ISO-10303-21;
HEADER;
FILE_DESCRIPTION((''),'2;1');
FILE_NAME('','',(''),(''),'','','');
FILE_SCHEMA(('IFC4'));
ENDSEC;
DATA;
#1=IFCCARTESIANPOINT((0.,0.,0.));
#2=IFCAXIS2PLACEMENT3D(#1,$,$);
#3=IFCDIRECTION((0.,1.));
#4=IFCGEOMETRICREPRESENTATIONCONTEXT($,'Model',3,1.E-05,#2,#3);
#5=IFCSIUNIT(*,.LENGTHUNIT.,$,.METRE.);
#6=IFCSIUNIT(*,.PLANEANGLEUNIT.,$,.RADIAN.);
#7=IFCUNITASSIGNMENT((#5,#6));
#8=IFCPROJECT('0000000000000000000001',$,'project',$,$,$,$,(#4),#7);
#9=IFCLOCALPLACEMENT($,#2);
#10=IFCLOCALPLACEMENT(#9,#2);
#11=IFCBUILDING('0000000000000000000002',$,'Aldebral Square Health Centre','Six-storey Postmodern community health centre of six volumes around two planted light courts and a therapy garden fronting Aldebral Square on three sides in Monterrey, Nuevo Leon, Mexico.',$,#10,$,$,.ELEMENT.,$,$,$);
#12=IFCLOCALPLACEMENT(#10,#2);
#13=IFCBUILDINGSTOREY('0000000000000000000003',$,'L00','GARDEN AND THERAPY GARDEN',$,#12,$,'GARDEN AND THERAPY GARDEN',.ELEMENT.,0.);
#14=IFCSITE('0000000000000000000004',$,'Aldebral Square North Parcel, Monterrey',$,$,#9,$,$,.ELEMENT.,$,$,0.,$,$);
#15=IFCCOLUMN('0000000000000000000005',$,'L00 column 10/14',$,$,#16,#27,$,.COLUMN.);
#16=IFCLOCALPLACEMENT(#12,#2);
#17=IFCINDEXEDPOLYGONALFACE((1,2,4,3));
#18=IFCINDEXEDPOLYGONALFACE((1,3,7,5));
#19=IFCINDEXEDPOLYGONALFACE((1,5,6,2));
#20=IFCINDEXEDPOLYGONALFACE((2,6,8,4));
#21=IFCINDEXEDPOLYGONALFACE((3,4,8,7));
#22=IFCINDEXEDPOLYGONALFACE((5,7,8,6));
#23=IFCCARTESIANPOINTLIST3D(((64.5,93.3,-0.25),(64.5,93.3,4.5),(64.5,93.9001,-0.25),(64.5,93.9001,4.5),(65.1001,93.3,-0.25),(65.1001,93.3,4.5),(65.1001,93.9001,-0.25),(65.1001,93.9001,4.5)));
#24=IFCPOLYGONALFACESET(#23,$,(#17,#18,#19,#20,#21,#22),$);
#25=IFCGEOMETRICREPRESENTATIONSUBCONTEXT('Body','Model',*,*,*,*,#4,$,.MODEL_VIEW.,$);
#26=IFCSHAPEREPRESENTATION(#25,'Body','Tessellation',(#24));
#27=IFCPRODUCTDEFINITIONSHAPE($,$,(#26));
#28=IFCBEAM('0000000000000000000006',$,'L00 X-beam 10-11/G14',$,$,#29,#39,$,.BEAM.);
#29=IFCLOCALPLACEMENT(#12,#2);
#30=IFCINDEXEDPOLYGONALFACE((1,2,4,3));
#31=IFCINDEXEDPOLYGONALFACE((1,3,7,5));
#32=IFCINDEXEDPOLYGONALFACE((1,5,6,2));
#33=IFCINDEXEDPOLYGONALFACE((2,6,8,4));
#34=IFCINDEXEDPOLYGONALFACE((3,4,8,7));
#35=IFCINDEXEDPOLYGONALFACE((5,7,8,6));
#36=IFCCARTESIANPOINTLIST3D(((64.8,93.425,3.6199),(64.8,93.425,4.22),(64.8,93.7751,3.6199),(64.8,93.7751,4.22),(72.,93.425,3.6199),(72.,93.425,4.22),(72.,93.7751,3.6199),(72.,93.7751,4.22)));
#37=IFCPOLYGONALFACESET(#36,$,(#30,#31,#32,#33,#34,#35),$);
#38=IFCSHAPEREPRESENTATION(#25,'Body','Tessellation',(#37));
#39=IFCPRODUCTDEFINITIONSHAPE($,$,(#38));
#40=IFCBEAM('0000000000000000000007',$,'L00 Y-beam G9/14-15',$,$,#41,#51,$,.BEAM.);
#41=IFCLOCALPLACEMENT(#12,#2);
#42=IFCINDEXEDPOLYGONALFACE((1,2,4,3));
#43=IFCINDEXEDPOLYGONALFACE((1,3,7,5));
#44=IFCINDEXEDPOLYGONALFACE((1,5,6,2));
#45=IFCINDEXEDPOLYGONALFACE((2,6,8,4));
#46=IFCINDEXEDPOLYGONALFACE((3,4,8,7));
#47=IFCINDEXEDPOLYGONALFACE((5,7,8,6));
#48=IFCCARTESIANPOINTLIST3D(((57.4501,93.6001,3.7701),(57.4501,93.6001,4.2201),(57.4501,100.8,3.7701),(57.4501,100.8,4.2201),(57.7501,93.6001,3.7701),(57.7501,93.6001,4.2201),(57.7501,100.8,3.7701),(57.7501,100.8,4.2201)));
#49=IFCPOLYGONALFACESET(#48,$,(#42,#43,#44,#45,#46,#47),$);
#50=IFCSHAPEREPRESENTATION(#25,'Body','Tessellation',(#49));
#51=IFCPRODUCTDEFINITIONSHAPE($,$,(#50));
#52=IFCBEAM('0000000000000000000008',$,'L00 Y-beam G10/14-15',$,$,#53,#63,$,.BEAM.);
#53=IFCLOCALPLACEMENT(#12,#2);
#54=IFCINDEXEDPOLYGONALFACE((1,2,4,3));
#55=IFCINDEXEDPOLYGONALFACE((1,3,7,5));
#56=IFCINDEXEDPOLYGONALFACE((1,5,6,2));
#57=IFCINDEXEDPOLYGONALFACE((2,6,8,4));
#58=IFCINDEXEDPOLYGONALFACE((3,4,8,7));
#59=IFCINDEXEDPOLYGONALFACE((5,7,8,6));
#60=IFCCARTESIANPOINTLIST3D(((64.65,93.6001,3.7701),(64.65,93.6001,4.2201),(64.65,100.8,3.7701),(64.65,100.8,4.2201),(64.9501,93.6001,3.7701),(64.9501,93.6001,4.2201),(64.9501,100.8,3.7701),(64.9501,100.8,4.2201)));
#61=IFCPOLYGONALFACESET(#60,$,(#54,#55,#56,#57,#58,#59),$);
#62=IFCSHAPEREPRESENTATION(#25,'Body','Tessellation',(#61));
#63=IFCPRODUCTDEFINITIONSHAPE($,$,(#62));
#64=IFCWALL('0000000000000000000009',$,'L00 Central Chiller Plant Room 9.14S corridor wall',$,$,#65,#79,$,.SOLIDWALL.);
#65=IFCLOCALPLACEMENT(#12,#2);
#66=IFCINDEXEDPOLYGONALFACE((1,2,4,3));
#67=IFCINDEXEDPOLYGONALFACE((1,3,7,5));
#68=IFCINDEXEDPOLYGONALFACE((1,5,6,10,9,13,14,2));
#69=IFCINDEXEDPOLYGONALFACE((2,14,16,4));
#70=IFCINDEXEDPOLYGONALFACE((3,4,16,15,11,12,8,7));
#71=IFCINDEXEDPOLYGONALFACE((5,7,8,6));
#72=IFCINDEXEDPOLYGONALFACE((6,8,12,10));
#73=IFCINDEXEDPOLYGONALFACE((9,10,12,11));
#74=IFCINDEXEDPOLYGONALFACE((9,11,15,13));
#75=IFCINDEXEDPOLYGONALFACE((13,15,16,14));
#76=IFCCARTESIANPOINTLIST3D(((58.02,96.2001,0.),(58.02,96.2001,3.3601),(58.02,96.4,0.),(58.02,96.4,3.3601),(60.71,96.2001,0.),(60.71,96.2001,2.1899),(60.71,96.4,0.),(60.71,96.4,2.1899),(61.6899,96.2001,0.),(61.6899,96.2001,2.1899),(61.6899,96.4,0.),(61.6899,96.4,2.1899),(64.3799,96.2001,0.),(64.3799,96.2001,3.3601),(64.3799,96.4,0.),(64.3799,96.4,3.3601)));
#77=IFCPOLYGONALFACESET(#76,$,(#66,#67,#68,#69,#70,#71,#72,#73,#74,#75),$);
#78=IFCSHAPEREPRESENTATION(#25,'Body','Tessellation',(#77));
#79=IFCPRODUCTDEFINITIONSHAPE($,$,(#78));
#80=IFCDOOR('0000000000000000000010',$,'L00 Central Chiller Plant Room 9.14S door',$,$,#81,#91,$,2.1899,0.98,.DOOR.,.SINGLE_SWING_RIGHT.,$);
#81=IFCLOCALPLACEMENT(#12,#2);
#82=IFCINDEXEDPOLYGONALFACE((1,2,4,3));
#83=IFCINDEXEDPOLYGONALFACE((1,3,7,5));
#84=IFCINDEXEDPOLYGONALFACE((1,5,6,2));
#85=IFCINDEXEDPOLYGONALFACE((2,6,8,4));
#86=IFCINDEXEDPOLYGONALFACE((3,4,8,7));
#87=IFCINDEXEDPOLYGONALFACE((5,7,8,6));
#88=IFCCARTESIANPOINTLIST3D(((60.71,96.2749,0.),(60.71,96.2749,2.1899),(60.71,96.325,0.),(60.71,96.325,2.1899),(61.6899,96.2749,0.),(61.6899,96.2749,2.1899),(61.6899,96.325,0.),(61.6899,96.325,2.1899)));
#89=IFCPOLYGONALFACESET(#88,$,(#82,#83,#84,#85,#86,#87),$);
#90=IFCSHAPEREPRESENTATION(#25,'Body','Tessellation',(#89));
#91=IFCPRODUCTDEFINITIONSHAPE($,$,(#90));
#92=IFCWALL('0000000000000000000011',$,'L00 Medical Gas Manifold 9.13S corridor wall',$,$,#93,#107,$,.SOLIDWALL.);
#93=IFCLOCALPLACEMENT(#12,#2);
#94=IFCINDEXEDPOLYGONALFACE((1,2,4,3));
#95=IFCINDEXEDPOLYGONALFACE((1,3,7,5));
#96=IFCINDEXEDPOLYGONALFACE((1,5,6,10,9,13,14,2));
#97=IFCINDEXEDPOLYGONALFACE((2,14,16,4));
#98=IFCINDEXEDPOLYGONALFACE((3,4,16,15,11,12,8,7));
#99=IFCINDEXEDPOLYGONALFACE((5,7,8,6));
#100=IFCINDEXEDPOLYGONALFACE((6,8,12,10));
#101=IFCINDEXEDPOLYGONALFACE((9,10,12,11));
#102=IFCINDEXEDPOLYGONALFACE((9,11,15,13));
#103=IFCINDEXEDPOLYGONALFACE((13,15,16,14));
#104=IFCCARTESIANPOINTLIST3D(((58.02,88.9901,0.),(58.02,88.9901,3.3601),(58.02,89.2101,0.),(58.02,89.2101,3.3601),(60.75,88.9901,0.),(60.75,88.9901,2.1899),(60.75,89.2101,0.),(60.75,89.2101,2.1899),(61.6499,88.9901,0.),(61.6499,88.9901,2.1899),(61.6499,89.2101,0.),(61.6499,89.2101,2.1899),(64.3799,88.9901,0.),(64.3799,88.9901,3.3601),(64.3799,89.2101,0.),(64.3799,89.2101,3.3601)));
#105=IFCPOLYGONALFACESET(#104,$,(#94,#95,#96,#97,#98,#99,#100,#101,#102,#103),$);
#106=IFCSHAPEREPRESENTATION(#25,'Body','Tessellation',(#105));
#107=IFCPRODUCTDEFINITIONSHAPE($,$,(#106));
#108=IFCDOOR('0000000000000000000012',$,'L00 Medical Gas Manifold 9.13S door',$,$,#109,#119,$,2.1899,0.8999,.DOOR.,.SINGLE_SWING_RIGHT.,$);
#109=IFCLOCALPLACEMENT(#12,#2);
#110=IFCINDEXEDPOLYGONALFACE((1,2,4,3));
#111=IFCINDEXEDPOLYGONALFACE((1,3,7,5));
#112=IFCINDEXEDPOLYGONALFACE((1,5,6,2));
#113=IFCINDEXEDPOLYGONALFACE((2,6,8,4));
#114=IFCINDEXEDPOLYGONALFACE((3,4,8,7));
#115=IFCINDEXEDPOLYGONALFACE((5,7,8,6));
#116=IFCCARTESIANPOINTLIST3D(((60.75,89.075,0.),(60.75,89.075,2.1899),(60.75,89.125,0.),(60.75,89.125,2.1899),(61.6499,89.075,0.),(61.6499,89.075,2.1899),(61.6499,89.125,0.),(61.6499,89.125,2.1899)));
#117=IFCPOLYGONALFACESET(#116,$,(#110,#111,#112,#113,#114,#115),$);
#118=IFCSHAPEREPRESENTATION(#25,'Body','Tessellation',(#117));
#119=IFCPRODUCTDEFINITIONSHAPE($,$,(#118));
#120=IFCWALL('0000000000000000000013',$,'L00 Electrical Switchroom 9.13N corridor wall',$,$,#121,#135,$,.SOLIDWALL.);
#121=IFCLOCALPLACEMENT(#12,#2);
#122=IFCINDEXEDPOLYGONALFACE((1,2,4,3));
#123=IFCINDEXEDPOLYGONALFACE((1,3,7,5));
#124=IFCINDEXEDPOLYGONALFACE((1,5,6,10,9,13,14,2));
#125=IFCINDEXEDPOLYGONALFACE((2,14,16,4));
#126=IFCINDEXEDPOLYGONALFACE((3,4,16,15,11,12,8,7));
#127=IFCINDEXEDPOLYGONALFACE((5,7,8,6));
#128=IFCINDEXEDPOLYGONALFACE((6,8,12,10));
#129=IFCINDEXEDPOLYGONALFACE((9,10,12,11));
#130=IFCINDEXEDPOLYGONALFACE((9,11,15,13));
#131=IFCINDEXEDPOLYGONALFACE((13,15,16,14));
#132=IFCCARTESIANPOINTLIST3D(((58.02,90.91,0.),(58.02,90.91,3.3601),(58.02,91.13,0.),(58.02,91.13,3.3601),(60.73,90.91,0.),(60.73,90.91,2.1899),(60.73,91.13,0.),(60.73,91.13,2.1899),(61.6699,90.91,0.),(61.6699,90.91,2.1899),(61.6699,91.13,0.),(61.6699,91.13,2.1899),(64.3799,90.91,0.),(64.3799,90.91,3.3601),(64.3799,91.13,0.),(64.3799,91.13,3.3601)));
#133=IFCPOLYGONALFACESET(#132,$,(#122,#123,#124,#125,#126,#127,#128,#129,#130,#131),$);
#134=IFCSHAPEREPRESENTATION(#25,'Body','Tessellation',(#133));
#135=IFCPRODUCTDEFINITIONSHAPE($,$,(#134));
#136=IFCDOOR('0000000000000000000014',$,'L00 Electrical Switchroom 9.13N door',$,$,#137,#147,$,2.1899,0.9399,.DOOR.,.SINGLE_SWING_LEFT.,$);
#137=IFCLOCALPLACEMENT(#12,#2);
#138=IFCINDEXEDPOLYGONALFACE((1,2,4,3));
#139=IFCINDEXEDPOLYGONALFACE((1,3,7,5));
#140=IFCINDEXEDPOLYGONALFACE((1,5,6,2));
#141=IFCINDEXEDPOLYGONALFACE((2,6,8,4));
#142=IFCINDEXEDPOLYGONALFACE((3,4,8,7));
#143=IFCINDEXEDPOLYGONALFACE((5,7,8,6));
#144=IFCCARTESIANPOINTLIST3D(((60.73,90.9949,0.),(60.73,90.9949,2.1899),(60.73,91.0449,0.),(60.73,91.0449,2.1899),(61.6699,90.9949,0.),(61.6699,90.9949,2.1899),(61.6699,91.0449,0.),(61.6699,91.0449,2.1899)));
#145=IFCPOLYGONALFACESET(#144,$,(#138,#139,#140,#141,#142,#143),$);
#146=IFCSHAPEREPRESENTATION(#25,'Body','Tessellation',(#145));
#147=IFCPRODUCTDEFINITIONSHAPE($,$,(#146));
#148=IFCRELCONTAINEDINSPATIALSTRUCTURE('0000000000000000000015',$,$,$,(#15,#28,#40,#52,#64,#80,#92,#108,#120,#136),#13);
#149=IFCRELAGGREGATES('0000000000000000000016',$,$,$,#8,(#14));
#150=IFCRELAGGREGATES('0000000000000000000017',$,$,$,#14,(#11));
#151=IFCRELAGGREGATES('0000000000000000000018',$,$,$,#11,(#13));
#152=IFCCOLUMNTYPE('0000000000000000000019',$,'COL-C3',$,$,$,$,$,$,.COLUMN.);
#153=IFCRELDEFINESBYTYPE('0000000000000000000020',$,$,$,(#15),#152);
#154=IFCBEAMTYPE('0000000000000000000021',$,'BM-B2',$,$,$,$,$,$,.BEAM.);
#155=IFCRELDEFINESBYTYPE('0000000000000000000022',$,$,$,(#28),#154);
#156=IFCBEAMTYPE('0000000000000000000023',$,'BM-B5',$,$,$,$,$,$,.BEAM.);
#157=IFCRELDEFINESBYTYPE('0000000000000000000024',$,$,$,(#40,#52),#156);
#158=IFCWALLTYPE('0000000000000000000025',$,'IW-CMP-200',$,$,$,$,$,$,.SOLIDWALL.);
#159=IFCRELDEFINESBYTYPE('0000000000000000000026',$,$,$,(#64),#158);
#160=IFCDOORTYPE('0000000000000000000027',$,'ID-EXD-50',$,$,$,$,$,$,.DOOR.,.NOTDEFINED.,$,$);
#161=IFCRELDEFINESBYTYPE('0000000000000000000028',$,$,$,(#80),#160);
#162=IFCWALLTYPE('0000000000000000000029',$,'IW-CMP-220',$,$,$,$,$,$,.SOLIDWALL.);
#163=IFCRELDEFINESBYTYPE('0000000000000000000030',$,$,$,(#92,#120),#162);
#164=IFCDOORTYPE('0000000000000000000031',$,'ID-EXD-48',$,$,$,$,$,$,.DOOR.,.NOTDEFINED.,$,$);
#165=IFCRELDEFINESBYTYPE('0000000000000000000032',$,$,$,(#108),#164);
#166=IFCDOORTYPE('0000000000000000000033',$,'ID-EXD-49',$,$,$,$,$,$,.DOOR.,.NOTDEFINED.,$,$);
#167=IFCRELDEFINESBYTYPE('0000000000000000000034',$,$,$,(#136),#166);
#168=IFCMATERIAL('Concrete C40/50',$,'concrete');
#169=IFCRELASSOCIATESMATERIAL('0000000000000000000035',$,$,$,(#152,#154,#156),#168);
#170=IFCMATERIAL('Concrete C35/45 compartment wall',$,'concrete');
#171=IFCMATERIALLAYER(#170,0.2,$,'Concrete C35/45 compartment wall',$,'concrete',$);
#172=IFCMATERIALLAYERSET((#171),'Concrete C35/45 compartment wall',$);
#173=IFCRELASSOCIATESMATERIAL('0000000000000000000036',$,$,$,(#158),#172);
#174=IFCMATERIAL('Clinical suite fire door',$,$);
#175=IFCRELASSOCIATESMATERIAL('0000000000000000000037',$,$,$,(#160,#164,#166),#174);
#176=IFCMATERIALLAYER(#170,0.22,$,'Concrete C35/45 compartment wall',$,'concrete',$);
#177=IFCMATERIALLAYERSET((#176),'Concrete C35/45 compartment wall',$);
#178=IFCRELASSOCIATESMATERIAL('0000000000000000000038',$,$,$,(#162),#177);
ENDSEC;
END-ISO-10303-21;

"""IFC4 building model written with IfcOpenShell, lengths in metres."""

from ifc_helpers import new_model, si_unit, direction, frame, frame_2d, origin, origin_2d, place, context, subcontext, project, spatial, rectangle, extrude, material, layer, layer_set, material_profile, profile_set, type_object, element, fill, save


model = new_model("IFC4")

# Units and contexts
model_context = context("Model", 3, precision=1e-05, world=origin(), true_north=direction((0.0, 1.0)))
body_context = subcontext(model_context, "Body", "Model", "MODEL_VIEW")
ifc_project = project(units=[si_unit("LENGTHUNIT", "METRE"), si_unit("PLANEANGLEUNIT", "RADIAN")], contexts=[model_context])

# Site, building, storey
site_placement = place(None, origin())
site = spatial("IfcSite", under=ifc_project, at=site_placement, Name="Aldebral Square North Parcel, Monterrey", CompositionType="ELEMENT", RefElevation=0.0)
building_placement = place(site_placement, origin())
building = spatial("IfcBuilding", under=site, at=building_placement, Name="Aldebral Square Health Centre", Description="Six-storey Postmodern community health centre of six volumes around two planted light courts and a therapy garden fronting Aldebral Square on three sides in Monterrey, Nuevo Leon, Mexico.", CompositionType="ELEMENT")
storey_placement = place(building_placement, origin())
storey = spatial("IfcBuildingStorey", under=building, at=storey_placement, Name="L00", Description="GARDEN AND THERAPY GARDEN", LongName="GARDEN AND THERAPY GARDEN", CompositionType="ELEMENT", Elevation=0.0)

# Column
ifc_material_1 = material(Name="Concrete C40/50", Category="concrete")
ifc_material_profile_1 = material_profile(ifc_material_1, rectangle(XDim=0.6001, YDim=0.6001, at=origin_2d()), Name="RC 600x600")
ifc_profile_set_1 = profile_set([ifc_material_profile_1], Name="Concrete C40/50")
column_type = type_object("IfcColumnType", Name="COL-C3", PredefinedType="COLUMN", material=ifc_profile_set_1)
column_placement = place(storey_placement, frame((64.8, 93.6001, -0.25), z_axis=(0.0, 0.0, 1.0), x_axis=(1.0, 0.0, 0.0)))
element("IfcColumn", 1, at=column_placement, inside=storey, type_object=column_type, Name="L00 column 10/14", PredefinedType="COLUMN", context=body_context, shape_type="SweptSolid", body=[
    extrude(rectangle(XDim=0.6001, YDim=0.6001, at=origin_2d()), origin(), (0.0, 0.0, 1.0), 4.75),
])

# Beams
ifc_material_profile_2 = material_profile(ifc_material_1, rectangle(XDim=0.3501, YDim=0.6001, at=origin_2d()), Name="RC 350x600")
ifc_profile_set_2 = profile_set([ifc_material_profile_2], Name="Concrete C40/50")
beam_type_1 = type_object("IfcBeamType", Name="BM-B2", PredefinedType="BEAM", material=ifc_profile_set_2)
beam_placement = place(storey_placement, frame((64.8, 93.6001, 3.9199), z_axis=(1.0, 0.0, 0.0), x_axis=(0.0, 1.0, 0.0)))
element("IfcBeam", 2, at=beam_placement, inside=storey, type_object=beam_type_1, Name="L00 X-beam 10-11/G14", PredefinedType="BEAM", context=body_context, shape_type="SweptSolid", body=[
    extrude(rectangle(XDim=0.3501, YDim=0.6001, at=origin_2d()), origin(), (0.0, 0.0, 1.0), 7.2),
])
ifc_material_profile_3 = material_profile(ifc_material_1, rectangle(XDim=0.3, YDim=0.45, at=origin_2d()), Name="RC 300x450")
ifc_profile_set_3 = profile_set([ifc_material_profile_3], Name="Concrete C40/50")
beam_type_2 = type_object("IfcBeamType", Name="BM-B5", PredefinedType="BEAM", material=ifc_profile_set_3)
for number, where, z_axis, x_axis, name in (
    (3, (57.6001, 93.6001, 3.9951), (0.0, 1.0, 0.0), (-1.0, 0.0, 0.0), "L00 Y-beam G9/14-15"),
    (4, (64.8, 93.6001, 3.9951), (0.0, 1.0, 0.0), (-1.0, 0.0, 0.0), "L00 Y-beam G10/14-15"),
):
    element("IfcBeam", number, at=place(storey_placement, frame(where, z_axis=z_axis, x_axis=x_axis)), inside=storey, type_object=beam_type_2, Name=name, PredefinedType="BEAM", context=body_context, shape_type="SweptSolid", body=[
        extrude(rectangle(XDim=0.3, YDim=0.45, at=origin_2d()), origin(), (0.0, 0.0, 1.0), 7.2),
    ])

# Walls, openings, doors
ifc_material_2 = material(Name="Concrete C35/45 compartment wall", Category="concrete")
ifc_layer_1 = layer(ifc_material_2, 0.2, Name="Concrete C35/45 compartment wall", Category="concrete")
ifc_layer_set_1 = layer_set([ifc_layer_1], Name="Concrete C35/45 compartment wall")
wall_type_1 = type_object("IfcWallType", Name="IW-CMP-200", PredefinedType="SOLIDWALL", material=ifc_layer_set_1)
wall_1_placement = place(storey_placement, frame((58.02, 96.3, 0.0), z_axis=(0.0, 0.0, 1.0), x_axis=(1.0, 0.0, 0.0)))
wall_1 = element("IfcWall", 5, at=wall_1_placement, inside=storey, type_object=wall_type_1, Name="L00 Central Chiller Plant Room 9.14S corridor wall", PredefinedType="SOLIDWALL", context=body_context, shape_type="SweptSolid", body=[
    extrude(rectangle(XDim=6.3599, YDim=0.2, at=frame_2d((3.1799, 0.0))), origin(), (0.0, 0.0, 1.0), 3.3601),
])
opening_1_placement = place(wall_1_placement, frame((2.6899, 0.0, 0.0)))
opening_1 = element("IfcOpeningElement", 6, at=opening_1_placement, cuts=wall_1, PredefinedType="OPENING", context=body_context, shape_type="SweptSolid", body=[
    extrude(rectangle(XDim=0.98, YDim=2.1899, at=frame_2d((0.49, 1.095))), frame((0.0, 0.1099, 0.0), z_axis=(0.0, -1.0, 0.0), x_axis=(1.0, 0.0, 0.0)), (0.0, 0.0, 1.0), 0.22),
])
ifc_material_3 = material(Name="Clinical suite fire door")
door_type_1 = type_object("IfcDoorType", Name="ID-EXD-50", OperationType="NOTDEFINED", PredefinedType="DOOR", material=ifc_material_3)
door_1_placement = place(opening_1_placement, origin())
door_1 = element("IfcDoor", 7, at=door_1_placement, inside=storey, type_object=door_type_1, Name="L00 Central Chiller Plant Room 9.14S door", OperationType="SINGLE_SWING_RIGHT", OverallHeight=2.1899, OverallWidth=0.98, PredefinedType="DOOR", context=body_context, shape_type="SweptSolid", body=[
    extrude(rectangle(XDim=0.98, YDim=2.1899, at=frame_2d((0.49, 1.095))), frame((0.0, 0.0249, 0.0), z_axis=(0.0, -1.0, 0.0), x_axis=(1.0, 0.0, 0.0)), (0.0, 0.0, 1.0), 0.05),
])
fill(opening_1, door_1)
ifc_layer_2 = layer(ifc_material_2, 0.22, Name="Concrete C35/45 compartment wall", Category="concrete")
ifc_layer_set_2 = layer_set([ifc_layer_2], Name="Concrete C35/45 compartment wall")
wall_type_2 = type_object("IfcWallType", Name="IW-CMP-220", PredefinedType="SOLIDWALL", material=ifc_layer_set_2)
wall_2_placement = place(storey_placement, frame((58.02, 89.1001, 0.0), z_axis=(0.0, 0.0, 1.0), x_axis=(1.0, 0.0, 0.0)))
wall_2 = element("IfcWall", 8, at=wall_2_placement, inside=storey, type_object=wall_type_2, Name="L00 Medical Gas Manifold 9.13S corridor wall", PredefinedType="SOLIDWALL", context=body_context, shape_type="SweptSolid", body=[
    extrude(rectangle(XDim=6.3599, YDim=0.22, at=frame_2d((3.1799, 0.0))), origin(), (0.0, 0.0, 1.0), 3.3601),
])
opening_2_placement = place(wall_2_placement, frame((2.73, 0.0, 0.0)))
opening_2 = element("IfcOpeningElement", 9, at=opening_2_placement, cuts=wall_2, PredefinedType="OPENING", context=body_context, shape_type="SweptSolid", body=[
    extrude(rectangle(XDim=0.8999, YDim=2.1899, at=frame_2d((0.45, 1.095))), frame((0.0, 0.1201, 0.0), z_axis=(0.0, -1.0, 0.0), x_axis=(1.0, 0.0, 0.0)), (0.0, 0.0, 1.0), 0.24),
])
door_type_2 = type_object("IfcDoorType", Name="ID-EXD-48", OperationType="NOTDEFINED", PredefinedType="DOOR", material=ifc_material_3)
door_2_placement = place(opening_2_placement, origin())
door_2 = element("IfcDoor", 10, at=door_2_placement, inside=storey, type_object=door_type_2, Name="L00 Medical Gas Manifold 9.13S door", OperationType="SINGLE_SWING_RIGHT", OverallHeight=2.1899, OverallWidth=0.8999, PredefinedType="DOOR", context=body_context, shape_type="SweptSolid", body=[
    extrude(rectangle(XDim=0.8999, YDim=2.1899, at=frame_2d((0.45, 1.095))), frame((0.0, 0.0249, 0.0), z_axis=(0.0, -1.0, 0.0), x_axis=(1.0, 0.0, 0.0)), (0.0, 0.0, 1.0), 0.05),
])
fill(opening_2, door_2)
wall_3_placement = place(storey_placement, frame((58.02, 91.02, 0.0), z_axis=(0.0, 0.0, 1.0), x_axis=(1.0, 0.0, 0.0)))
wall_3 = element("IfcWall", 11, at=wall_3_placement, inside=storey, type_object=wall_type_2, Name="L00 Electrical Switchroom 9.13N corridor wall", PredefinedType="SOLIDWALL", context=body_context, shape_type="SweptSolid", body=[
    extrude(rectangle(XDim=6.3599, YDim=0.22, at=frame_2d((3.1799, 0.0))), origin(), (0.0, 0.0, 1.0), 3.3601),
])
opening_3_placement = place(wall_3_placement, frame((2.71, 0.0, 0.0)))
opening_3 = element("IfcOpeningElement", 12, at=opening_3_placement, cuts=wall_3, PredefinedType="OPENING", context=body_context, shape_type="SweptSolid", body=[
    extrude(rectangle(XDim=0.9399, YDim=2.1899, at=frame_2d((0.47, 1.095))), frame((0.0, 0.1201, 0.0), z_axis=(0.0, -1.0, 0.0), x_axis=(1.0, 0.0, 0.0)), (0.0, 0.0, 1.0), 0.24),
])
door_type_3 = type_object("IfcDoorType", Name="ID-EXD-49", OperationType="NOTDEFINED", PredefinedType="DOOR", material=ifc_material_3)
door_3_placement = place(opening_3_placement, origin())
door_3 = element("IfcDoor", 13, at=door_3_placement, inside=storey, type_object=door_type_3, Name="L00 Electrical Switchroom 9.13N door", OperationType="SINGLE_SWING_LEFT", OverallHeight=2.1899, OverallWidth=0.9399, PredefinedType="DOOR", context=body_context, shape_type="SweptSolid", body=[
    extrude(rectangle(XDim=0.9399, YDim=2.1899, at=frame_2d((0.47, 1.095))), frame((0.0, 0.0249, 0.0), z_axis=(0.0, -1.0, 0.0), x_axis=(1.0, 0.0, 0.0)), (0.0, 0.0, 1.0), 0.05),
])
fill(opening_3, door_3)

save(model, "model.ifc")
